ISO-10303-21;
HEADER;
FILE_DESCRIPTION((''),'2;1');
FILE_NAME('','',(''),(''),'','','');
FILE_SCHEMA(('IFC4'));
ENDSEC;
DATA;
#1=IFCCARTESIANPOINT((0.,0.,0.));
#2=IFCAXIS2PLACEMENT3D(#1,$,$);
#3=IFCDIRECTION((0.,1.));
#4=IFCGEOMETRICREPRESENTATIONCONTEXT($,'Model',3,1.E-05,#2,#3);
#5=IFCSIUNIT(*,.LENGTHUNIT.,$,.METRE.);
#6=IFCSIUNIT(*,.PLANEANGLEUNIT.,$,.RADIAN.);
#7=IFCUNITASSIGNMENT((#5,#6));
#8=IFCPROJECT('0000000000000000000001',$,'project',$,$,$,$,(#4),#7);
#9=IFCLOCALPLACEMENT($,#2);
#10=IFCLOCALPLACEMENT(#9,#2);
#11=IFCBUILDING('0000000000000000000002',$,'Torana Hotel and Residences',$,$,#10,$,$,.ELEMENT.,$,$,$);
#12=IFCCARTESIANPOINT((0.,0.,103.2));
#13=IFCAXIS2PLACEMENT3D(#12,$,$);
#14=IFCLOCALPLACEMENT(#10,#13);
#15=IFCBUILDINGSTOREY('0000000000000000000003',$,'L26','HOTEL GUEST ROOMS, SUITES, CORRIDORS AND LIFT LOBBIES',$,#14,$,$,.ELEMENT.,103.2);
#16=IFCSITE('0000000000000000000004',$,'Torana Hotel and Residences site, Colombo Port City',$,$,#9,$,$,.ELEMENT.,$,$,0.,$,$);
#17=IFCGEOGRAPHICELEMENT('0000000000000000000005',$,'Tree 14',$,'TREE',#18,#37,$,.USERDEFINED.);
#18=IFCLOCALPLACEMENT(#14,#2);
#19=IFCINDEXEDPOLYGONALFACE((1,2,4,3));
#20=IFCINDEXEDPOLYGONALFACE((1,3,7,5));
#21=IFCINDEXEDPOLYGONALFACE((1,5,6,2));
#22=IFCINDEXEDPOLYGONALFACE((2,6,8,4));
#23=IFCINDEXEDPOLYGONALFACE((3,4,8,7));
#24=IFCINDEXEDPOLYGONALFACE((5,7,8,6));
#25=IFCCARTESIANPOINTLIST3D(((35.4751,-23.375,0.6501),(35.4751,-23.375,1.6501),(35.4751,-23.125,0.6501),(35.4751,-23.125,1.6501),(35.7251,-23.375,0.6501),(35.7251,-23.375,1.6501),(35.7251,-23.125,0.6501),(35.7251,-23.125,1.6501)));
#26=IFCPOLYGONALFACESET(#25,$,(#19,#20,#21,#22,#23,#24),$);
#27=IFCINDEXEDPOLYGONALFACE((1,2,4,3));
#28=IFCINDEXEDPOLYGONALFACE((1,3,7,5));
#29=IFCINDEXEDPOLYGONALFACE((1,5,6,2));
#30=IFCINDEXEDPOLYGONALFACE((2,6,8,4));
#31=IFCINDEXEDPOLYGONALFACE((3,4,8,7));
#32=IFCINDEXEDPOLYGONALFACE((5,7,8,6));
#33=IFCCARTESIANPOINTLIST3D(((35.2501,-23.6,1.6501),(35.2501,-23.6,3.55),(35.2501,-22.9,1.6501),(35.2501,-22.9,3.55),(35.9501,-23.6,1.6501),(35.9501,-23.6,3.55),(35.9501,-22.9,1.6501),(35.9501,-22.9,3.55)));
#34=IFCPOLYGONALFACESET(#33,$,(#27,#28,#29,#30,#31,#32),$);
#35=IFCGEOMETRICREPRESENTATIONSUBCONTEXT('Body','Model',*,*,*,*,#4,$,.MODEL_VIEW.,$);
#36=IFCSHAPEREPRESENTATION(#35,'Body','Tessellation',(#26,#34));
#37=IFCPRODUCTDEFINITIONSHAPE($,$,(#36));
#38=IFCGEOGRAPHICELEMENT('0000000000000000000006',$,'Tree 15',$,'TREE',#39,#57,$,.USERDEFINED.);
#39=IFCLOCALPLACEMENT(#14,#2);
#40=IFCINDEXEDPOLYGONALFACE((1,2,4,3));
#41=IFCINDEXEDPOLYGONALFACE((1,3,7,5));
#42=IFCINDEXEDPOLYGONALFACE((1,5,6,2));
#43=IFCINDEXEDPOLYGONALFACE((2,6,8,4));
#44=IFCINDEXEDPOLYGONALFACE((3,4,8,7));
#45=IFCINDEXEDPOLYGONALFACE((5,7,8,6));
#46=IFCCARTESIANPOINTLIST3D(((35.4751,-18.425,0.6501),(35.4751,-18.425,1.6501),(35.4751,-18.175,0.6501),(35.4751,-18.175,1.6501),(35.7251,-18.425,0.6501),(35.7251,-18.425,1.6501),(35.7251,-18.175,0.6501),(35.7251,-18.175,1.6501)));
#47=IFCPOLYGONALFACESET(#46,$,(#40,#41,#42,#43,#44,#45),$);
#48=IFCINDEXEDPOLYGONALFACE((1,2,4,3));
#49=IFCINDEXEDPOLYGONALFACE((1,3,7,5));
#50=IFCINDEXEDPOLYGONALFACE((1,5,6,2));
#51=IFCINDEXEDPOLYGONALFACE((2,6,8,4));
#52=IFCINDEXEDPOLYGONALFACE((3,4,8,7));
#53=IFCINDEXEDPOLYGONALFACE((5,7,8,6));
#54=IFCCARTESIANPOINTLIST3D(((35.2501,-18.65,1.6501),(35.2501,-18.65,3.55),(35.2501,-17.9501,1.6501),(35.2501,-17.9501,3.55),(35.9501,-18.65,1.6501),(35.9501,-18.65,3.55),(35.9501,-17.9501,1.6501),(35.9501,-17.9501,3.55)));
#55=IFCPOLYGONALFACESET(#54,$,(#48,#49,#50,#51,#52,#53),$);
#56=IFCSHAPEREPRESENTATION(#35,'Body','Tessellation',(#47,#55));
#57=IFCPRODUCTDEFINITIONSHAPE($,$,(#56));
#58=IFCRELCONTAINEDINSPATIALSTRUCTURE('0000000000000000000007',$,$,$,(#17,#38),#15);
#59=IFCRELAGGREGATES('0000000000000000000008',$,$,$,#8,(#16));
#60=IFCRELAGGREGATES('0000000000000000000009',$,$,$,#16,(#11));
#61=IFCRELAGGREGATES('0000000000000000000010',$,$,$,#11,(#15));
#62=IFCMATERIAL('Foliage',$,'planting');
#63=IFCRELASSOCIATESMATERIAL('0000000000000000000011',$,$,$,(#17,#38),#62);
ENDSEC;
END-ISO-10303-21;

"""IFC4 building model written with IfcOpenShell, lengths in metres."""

from ifc_helpers import new_model, si_unit, direction, frame, origin, origin_2d, place, context, subcontext, project, spatial, rectangle, extrude, material, element, save


model = new_model("IFC4")

# Units and contexts
model_context = context("Model", 3, precision=1e-05, world=origin(), true_north=direction((0.0, 1.0)))
body_context = subcontext(model_context, "Body", "Model", "MODEL_VIEW")
ifc_project = project(units=[si_unit("LENGTHUNIT", "METRE"), si_unit("PLANEANGLEUNIT", "RADIAN")], contexts=[model_context])

# Site, building, storey
site_placement = place(None, origin())
site = spatial("IfcSite", under=ifc_project, at=site_placement, Name="Torana Hotel and Residences site, Colombo Port City", CompositionType="ELEMENT", RefElevation=0.0)
building_placement = place(site_placement, origin())
building = spatial("IfcBuilding", under=site, at=building_placement, Name="Torana Hotel and Residences", CompositionType="ELEMENT")
storey_placement = place(building_placement, frame((0.0, 0.0, 103.2)))
storey = spatial("IfcBuildingStorey", under=building, at=storey_placement, Name="L26", Description="HOTEL GUEST ROOMS, SUITES, CORRIDORS AND LIFT LOBBIES", CompositionType="ELEMENT", Elevation=103.2)

# Geographic elements
ifc_material_1 = material(Name="Foliage", Category="planting")
for number, where, z_axis, x_axis, name in (
    (1, (35.6001, -23.25, 0.6501), (0.0, 0.0, 1.0), (1.0, 0.0, 0.0), "Tree 14"),
    (2, (35.6001, -18.3, 0.6501), (0.0, 0.0, 1.0), (1.0, 0.0, 0.0), "Tree 15"),
):
    element("IfcGeographicElement", number, at=place(storey_placement, frame(where, z_axis=z_axis, x_axis=x_axis)), inside=storey, material=ifc_material_1, Name=name, ObjectType="TREE", PredefinedType="USERDEFINED", context=body_context, shape_type="SweptSolid", body=[
        extrude(rectangle(XDim=0.25, YDim=0.25, at=origin_2d()), origin(), (0.0, 0.0, 1.0), 1.0),
        extrude(rectangle(XDim=0.7, YDim=0.7, at=origin_2d()), frame((0.0, 0.0, 1.0)), (0.0, 0.0, 1.0), 1.8999),
    ])

save(model, "model.ifc")
